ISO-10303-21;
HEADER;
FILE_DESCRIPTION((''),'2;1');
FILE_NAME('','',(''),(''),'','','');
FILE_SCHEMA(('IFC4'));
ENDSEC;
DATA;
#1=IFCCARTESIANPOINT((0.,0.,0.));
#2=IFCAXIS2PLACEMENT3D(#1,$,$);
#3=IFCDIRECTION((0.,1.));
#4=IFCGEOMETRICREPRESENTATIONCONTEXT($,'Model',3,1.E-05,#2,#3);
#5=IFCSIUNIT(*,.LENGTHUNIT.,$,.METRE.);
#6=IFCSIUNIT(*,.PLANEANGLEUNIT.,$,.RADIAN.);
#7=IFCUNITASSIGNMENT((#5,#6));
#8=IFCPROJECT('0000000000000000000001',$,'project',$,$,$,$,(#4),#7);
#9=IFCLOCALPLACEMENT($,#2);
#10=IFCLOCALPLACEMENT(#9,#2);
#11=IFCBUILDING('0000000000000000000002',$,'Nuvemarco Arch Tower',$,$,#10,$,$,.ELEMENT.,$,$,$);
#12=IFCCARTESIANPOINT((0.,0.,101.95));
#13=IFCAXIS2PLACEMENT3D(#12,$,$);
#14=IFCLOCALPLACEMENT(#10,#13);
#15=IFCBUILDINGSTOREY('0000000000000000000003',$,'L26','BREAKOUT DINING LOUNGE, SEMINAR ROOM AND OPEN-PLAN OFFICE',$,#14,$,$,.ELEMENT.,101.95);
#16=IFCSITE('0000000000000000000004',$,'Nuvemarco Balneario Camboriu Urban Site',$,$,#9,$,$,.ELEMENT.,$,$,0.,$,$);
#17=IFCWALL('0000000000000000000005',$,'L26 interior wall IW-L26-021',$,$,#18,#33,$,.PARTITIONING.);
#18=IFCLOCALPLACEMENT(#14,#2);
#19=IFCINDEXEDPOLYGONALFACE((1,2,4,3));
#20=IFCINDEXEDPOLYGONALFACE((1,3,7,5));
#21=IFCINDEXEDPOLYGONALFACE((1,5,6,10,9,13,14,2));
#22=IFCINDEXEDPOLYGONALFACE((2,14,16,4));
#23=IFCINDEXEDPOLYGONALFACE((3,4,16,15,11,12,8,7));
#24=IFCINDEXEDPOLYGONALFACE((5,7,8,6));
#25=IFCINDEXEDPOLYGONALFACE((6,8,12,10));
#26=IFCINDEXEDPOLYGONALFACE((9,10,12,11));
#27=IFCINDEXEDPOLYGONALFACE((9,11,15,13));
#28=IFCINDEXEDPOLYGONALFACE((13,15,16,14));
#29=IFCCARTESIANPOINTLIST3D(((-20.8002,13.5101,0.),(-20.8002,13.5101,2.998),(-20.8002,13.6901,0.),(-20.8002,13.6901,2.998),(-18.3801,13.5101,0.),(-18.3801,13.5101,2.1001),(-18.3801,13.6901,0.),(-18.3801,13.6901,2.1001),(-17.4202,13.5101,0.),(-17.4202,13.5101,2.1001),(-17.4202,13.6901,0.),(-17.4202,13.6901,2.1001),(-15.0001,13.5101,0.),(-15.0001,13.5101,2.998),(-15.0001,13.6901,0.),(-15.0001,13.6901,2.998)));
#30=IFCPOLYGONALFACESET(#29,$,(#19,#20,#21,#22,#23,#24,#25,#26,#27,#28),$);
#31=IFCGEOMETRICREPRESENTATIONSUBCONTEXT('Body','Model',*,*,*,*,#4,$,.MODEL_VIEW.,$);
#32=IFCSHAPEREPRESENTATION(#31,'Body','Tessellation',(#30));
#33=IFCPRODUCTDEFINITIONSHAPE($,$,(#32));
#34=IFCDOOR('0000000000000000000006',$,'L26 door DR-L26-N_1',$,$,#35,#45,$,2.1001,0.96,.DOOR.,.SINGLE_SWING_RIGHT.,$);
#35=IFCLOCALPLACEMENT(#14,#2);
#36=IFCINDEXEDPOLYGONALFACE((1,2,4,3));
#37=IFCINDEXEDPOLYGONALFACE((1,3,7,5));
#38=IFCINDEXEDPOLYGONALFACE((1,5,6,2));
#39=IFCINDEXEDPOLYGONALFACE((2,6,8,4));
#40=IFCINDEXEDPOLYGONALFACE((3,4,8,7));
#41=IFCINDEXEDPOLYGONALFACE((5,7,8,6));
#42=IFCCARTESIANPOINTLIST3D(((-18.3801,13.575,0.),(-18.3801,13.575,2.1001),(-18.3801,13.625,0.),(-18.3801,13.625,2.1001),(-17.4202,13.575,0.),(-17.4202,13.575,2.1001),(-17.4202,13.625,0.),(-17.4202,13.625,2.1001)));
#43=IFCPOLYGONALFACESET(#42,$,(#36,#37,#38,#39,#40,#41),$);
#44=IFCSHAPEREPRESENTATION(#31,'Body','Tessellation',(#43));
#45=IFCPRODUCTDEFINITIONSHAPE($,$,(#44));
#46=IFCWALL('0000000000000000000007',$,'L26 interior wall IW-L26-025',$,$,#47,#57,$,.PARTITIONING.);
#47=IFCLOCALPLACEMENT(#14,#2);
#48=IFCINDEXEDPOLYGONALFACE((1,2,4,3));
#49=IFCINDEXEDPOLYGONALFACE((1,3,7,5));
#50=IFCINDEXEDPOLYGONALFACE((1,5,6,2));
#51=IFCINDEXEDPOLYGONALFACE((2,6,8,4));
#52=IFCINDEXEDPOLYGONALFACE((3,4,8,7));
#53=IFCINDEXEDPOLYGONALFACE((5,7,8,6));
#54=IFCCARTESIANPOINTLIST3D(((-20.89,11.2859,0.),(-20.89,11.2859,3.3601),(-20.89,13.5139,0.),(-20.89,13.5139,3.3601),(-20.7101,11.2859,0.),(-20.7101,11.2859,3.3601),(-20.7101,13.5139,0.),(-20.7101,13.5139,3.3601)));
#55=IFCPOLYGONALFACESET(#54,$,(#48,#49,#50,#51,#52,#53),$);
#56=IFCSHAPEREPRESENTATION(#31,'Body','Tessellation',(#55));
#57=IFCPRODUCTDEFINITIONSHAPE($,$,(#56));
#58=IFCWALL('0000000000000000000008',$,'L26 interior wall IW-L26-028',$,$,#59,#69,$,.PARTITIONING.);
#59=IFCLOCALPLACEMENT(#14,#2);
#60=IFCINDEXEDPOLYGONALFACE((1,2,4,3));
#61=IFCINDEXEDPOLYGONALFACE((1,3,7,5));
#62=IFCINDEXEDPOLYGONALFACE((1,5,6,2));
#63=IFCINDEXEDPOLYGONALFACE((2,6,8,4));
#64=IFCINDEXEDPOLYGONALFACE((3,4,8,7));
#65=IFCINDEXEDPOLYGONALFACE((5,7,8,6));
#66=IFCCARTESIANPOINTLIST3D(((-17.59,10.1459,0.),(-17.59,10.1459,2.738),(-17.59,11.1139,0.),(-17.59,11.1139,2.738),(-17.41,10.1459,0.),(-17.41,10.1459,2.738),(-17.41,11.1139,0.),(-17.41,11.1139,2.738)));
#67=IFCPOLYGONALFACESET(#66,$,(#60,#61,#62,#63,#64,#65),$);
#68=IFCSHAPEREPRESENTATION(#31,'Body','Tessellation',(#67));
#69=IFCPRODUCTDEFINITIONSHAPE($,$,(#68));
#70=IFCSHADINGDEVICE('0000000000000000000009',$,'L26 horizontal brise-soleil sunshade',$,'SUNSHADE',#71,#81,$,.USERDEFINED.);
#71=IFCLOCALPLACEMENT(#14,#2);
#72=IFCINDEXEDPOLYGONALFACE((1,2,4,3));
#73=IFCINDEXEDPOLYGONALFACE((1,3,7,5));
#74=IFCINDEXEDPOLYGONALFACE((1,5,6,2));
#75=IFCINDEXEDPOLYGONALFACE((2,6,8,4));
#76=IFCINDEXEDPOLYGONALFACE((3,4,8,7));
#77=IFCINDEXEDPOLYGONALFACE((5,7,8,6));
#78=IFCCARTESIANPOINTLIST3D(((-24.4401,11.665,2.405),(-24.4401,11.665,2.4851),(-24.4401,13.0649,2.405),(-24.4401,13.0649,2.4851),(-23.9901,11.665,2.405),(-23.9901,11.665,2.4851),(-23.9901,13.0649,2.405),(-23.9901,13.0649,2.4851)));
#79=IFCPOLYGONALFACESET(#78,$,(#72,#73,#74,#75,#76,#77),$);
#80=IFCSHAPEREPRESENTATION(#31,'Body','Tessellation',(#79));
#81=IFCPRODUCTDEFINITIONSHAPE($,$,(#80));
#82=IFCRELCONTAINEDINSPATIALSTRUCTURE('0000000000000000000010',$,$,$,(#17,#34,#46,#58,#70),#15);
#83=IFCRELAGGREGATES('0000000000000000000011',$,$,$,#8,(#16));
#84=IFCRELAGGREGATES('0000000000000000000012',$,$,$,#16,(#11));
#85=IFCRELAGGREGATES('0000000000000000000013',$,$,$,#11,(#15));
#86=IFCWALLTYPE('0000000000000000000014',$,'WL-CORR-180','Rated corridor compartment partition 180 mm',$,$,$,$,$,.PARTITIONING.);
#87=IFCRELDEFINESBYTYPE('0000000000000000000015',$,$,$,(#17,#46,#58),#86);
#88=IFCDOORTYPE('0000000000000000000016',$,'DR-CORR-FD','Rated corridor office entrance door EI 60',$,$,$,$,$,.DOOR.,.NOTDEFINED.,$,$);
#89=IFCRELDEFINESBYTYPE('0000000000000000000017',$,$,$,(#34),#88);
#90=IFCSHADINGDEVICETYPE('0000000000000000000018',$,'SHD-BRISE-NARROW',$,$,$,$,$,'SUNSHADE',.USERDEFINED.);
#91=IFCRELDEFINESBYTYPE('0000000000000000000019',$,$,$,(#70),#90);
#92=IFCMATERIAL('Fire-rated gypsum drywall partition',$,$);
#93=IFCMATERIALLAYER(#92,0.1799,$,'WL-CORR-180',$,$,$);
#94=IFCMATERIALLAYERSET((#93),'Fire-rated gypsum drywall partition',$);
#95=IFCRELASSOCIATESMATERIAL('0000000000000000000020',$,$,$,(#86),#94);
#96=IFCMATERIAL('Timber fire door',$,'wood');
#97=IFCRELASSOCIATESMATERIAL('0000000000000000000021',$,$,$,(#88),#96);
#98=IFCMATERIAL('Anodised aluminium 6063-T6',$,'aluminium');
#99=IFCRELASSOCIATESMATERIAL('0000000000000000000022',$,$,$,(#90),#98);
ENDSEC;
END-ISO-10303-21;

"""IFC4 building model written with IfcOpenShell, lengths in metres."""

from ifc_helpers import new_model, si_unit, direction, frame, frame_2d, origin, origin_2d, place, context, subcontext, project, spatial, rectangle, extrude, source, transform, mapped, material, layer, layer_set, type_object, type_shapes, element, fill, save


model = new_model("IFC4")

# Units and contexts
model_context = context("Model", 3, precision=1e-05, world=origin(), true_north=direction((0.0, 1.0)))
body_context = subcontext(model_context, "Body", "Model", "MODEL_VIEW")
ifc_project = project(units=[si_unit("LENGTHUNIT", "METRE"), si_unit("PLANEANGLEUNIT", "RADIAN")], contexts=[model_context])

# Site, building, storey
site_placement = place(None, origin())
site = spatial("IfcSite", under=ifc_project, at=site_placement, Name="Nuvemarco Balneario Camboriu Urban Site", CompositionType="ELEMENT", RefElevation=0.0)
building_placement = place(site_placement, origin())
building = spatial("IfcBuilding", under=site, at=building_placement, Name="Nuvemarco Arch Tower", CompositionType="ELEMENT")
storey_placement = place(building_placement, frame((0.0, 0.0, 101.95)))
storey = spatial("IfcBuildingStorey", under=building, at=storey_placement, Name="L26", Description="BREAKOUT DINING LOUNGE, SEMINAR ROOM AND OPEN-PLAN OFFICE", CompositionType="ELEMENT", Elevation=101.95)

# Shared definitions
ifc_material_1 = material(Name="Fire-rated gypsum drywall partition")
ifc_layer = layer(ifc_material_1, 0.1799, Name="WL-CORR-180")
ifc_layer_set = layer_set([ifc_layer], Name="Fire-rated gypsum drywall partition")
wall_type = type_object("IfcWallType", Name="WL-CORR-180", Description="Rated corridor compartment partition 180 mm", PredefinedType="PARTITIONING", material=ifc_layer_set)
ifc_material_2 = material(Name="Timber fire door", Category="wood")
door_type_1 = type_object("IfcDoorType", Name="DR-CORR-FD", Description="Rated corridor office entrance door EI 60", OperationType="NOTDEFINED", PredefinedType="DOOR", material=ifc_material_2)
shared_shape_1 = source(origin(), body_context, "Body", "SweptSolid", [
    extrude(rectangle(XDim=0.96, YDim=2.1001, at=frame_2d((0.48, 1.05))), frame((0.0, 0.0249, 0.0), z_axis=(0.0, -1.0, 0.0), x_axis=(1.0, 0.0, 0.0)), (0.0, 0.0, 1.0), 0.05),
])
type_shapes(door_type_1, [shared_shape_1])

# Wall, opening, door
wall_1_placement = place(storey_placement, frame((-20.8, 13.6001, 0.0), z_axis=(0.0, 0.0, 1.0), x_axis=(1.0, 0.0, 0.0)))
wall_1 = element("IfcWall", 1, at=wall_1_placement, inside=storey, type_object=wall_type, Name="L26 interior wall IW-L26-021", PredefinedType="PARTITIONING", context=body_context, shape_type="SweptSolid", body=[
    extrude(rectangle(XDim=5.8, YDim=0.1799, at=frame_2d((2.8999, 0.0))), origin(), (0.0, 0.0, 1.0), 2.998),
])
opening_1_placement = place(wall_1_placement, frame((2.4199, 0.0, 0.0)))
opening_1 = element("IfcOpeningElement", 2, at=opening_1_placement, cuts=wall_1, PredefinedType="OPENING", context=body_context, shape_type="SweptSolid", body=[
    extrude(rectangle(XDim=0.96, YDim=2.1001, at=frame_2d((0.48, 1.05))), frame((0.0, 0.0999, 0.0), z_axis=(0.0, -1.0, 0.0), x_axis=(1.0, 0.0, 0.0)), (0.0, 0.0, 1.0), 0.2),
])
door_1_placement = place(opening_1_placement, origin())
door_1 = element("IfcDoor", 3, at=door_1_placement, inside=storey, type_object=door_type_1, Name="L26 door DR-L26-N_1", OperationType="SINGLE_SWING_RIGHT", OverallHeight=2.1001, OverallWidth=0.96, PredefinedType="DOOR", context=body_context, shape_type="MappedRepresentation", body=[
    mapped(shared_shape_1, transform((0.0, 0.0, 0.0), scale=1.0)),
])
fill(opening_1, door_1)

# Walls
wall_2_placement = place(storey_placement, frame((-20.8, 11.2859, 0.0), z_axis=(0.0, 0.0, 1.0), x_axis=(0.0, 1.0, 0.0)))
element("IfcWall", 4, at=wall_2_placement, inside=storey, type_object=wall_type, Name="L26 interior wall IW-L26-025", PredefinedType="PARTITIONING", context=body_context, shape_type="SweptSolid", body=[
    extrude(rectangle(XDim=2.228, YDim=0.1799, at=frame_2d((1.114, 0.0))), origin(), (0.0, 0.0, 1.0), 3.3601),
])
wall_3_placement = place(storey_placement, frame((-17.5, 10.146, 0.0), z_axis=(0.0, 0.0, 1.0), x_axis=(0.0, 1.0, 0.0)))
element("IfcWall", 5, at=wall_3_placement, inside=storey, type_object=wall_type, Name="L26 interior wall IW-L26-028", PredefinedType="PARTITIONING", context=body_context, shape_type="SweptSolid", body=[
    extrude(rectangle(XDim=0.968, YDim=0.1799, at=frame_2d((0.4839, 0.0))), origin(), (0.0, 0.0, 1.0), 2.738),
])

# Shading device
ifc_material_3 = material(Name="Anodised aluminium 6063-T6", Category="aluminium")
shading_device_type = type_object("IfcShadingDeviceType", Name="SHD-BRISE-NARROW", ElementType="SUNSHADE", PredefinedType="USERDEFINED", material=ifc_material_3)
shared_shape_2 = source(origin(), body_context, "Body", "SweptSolid", [
    extrude(rectangle(XDim=1.3999, YDim=0.45, at=origin_2d()), origin(), (0.0, 0.0, 1.0), 0.0801),
])
type_shapes(shading_device_type, [shared_shape_2])
shading_device_placement = place(storey_placement, frame((-24.2151, 12.365, 2.405), z_axis=(0.0, 0.0, 1.0), x_axis=(0.0, 1.0, 0.0)))
element("IfcShadingDevice", 6, at=shading_device_placement, inside=storey, type_object=shading_device_type, Name="L26 horizontal brise-soleil sunshade", ObjectType="SUNSHADE", PredefinedType="USERDEFINED", context=body_context, shape_type="MappedRepresentation", body=[
    mapped(shared_shape_2, transform((0.0, 0.0, 0.0), scale=1.0)),
])

save(model, "model.ifc")
